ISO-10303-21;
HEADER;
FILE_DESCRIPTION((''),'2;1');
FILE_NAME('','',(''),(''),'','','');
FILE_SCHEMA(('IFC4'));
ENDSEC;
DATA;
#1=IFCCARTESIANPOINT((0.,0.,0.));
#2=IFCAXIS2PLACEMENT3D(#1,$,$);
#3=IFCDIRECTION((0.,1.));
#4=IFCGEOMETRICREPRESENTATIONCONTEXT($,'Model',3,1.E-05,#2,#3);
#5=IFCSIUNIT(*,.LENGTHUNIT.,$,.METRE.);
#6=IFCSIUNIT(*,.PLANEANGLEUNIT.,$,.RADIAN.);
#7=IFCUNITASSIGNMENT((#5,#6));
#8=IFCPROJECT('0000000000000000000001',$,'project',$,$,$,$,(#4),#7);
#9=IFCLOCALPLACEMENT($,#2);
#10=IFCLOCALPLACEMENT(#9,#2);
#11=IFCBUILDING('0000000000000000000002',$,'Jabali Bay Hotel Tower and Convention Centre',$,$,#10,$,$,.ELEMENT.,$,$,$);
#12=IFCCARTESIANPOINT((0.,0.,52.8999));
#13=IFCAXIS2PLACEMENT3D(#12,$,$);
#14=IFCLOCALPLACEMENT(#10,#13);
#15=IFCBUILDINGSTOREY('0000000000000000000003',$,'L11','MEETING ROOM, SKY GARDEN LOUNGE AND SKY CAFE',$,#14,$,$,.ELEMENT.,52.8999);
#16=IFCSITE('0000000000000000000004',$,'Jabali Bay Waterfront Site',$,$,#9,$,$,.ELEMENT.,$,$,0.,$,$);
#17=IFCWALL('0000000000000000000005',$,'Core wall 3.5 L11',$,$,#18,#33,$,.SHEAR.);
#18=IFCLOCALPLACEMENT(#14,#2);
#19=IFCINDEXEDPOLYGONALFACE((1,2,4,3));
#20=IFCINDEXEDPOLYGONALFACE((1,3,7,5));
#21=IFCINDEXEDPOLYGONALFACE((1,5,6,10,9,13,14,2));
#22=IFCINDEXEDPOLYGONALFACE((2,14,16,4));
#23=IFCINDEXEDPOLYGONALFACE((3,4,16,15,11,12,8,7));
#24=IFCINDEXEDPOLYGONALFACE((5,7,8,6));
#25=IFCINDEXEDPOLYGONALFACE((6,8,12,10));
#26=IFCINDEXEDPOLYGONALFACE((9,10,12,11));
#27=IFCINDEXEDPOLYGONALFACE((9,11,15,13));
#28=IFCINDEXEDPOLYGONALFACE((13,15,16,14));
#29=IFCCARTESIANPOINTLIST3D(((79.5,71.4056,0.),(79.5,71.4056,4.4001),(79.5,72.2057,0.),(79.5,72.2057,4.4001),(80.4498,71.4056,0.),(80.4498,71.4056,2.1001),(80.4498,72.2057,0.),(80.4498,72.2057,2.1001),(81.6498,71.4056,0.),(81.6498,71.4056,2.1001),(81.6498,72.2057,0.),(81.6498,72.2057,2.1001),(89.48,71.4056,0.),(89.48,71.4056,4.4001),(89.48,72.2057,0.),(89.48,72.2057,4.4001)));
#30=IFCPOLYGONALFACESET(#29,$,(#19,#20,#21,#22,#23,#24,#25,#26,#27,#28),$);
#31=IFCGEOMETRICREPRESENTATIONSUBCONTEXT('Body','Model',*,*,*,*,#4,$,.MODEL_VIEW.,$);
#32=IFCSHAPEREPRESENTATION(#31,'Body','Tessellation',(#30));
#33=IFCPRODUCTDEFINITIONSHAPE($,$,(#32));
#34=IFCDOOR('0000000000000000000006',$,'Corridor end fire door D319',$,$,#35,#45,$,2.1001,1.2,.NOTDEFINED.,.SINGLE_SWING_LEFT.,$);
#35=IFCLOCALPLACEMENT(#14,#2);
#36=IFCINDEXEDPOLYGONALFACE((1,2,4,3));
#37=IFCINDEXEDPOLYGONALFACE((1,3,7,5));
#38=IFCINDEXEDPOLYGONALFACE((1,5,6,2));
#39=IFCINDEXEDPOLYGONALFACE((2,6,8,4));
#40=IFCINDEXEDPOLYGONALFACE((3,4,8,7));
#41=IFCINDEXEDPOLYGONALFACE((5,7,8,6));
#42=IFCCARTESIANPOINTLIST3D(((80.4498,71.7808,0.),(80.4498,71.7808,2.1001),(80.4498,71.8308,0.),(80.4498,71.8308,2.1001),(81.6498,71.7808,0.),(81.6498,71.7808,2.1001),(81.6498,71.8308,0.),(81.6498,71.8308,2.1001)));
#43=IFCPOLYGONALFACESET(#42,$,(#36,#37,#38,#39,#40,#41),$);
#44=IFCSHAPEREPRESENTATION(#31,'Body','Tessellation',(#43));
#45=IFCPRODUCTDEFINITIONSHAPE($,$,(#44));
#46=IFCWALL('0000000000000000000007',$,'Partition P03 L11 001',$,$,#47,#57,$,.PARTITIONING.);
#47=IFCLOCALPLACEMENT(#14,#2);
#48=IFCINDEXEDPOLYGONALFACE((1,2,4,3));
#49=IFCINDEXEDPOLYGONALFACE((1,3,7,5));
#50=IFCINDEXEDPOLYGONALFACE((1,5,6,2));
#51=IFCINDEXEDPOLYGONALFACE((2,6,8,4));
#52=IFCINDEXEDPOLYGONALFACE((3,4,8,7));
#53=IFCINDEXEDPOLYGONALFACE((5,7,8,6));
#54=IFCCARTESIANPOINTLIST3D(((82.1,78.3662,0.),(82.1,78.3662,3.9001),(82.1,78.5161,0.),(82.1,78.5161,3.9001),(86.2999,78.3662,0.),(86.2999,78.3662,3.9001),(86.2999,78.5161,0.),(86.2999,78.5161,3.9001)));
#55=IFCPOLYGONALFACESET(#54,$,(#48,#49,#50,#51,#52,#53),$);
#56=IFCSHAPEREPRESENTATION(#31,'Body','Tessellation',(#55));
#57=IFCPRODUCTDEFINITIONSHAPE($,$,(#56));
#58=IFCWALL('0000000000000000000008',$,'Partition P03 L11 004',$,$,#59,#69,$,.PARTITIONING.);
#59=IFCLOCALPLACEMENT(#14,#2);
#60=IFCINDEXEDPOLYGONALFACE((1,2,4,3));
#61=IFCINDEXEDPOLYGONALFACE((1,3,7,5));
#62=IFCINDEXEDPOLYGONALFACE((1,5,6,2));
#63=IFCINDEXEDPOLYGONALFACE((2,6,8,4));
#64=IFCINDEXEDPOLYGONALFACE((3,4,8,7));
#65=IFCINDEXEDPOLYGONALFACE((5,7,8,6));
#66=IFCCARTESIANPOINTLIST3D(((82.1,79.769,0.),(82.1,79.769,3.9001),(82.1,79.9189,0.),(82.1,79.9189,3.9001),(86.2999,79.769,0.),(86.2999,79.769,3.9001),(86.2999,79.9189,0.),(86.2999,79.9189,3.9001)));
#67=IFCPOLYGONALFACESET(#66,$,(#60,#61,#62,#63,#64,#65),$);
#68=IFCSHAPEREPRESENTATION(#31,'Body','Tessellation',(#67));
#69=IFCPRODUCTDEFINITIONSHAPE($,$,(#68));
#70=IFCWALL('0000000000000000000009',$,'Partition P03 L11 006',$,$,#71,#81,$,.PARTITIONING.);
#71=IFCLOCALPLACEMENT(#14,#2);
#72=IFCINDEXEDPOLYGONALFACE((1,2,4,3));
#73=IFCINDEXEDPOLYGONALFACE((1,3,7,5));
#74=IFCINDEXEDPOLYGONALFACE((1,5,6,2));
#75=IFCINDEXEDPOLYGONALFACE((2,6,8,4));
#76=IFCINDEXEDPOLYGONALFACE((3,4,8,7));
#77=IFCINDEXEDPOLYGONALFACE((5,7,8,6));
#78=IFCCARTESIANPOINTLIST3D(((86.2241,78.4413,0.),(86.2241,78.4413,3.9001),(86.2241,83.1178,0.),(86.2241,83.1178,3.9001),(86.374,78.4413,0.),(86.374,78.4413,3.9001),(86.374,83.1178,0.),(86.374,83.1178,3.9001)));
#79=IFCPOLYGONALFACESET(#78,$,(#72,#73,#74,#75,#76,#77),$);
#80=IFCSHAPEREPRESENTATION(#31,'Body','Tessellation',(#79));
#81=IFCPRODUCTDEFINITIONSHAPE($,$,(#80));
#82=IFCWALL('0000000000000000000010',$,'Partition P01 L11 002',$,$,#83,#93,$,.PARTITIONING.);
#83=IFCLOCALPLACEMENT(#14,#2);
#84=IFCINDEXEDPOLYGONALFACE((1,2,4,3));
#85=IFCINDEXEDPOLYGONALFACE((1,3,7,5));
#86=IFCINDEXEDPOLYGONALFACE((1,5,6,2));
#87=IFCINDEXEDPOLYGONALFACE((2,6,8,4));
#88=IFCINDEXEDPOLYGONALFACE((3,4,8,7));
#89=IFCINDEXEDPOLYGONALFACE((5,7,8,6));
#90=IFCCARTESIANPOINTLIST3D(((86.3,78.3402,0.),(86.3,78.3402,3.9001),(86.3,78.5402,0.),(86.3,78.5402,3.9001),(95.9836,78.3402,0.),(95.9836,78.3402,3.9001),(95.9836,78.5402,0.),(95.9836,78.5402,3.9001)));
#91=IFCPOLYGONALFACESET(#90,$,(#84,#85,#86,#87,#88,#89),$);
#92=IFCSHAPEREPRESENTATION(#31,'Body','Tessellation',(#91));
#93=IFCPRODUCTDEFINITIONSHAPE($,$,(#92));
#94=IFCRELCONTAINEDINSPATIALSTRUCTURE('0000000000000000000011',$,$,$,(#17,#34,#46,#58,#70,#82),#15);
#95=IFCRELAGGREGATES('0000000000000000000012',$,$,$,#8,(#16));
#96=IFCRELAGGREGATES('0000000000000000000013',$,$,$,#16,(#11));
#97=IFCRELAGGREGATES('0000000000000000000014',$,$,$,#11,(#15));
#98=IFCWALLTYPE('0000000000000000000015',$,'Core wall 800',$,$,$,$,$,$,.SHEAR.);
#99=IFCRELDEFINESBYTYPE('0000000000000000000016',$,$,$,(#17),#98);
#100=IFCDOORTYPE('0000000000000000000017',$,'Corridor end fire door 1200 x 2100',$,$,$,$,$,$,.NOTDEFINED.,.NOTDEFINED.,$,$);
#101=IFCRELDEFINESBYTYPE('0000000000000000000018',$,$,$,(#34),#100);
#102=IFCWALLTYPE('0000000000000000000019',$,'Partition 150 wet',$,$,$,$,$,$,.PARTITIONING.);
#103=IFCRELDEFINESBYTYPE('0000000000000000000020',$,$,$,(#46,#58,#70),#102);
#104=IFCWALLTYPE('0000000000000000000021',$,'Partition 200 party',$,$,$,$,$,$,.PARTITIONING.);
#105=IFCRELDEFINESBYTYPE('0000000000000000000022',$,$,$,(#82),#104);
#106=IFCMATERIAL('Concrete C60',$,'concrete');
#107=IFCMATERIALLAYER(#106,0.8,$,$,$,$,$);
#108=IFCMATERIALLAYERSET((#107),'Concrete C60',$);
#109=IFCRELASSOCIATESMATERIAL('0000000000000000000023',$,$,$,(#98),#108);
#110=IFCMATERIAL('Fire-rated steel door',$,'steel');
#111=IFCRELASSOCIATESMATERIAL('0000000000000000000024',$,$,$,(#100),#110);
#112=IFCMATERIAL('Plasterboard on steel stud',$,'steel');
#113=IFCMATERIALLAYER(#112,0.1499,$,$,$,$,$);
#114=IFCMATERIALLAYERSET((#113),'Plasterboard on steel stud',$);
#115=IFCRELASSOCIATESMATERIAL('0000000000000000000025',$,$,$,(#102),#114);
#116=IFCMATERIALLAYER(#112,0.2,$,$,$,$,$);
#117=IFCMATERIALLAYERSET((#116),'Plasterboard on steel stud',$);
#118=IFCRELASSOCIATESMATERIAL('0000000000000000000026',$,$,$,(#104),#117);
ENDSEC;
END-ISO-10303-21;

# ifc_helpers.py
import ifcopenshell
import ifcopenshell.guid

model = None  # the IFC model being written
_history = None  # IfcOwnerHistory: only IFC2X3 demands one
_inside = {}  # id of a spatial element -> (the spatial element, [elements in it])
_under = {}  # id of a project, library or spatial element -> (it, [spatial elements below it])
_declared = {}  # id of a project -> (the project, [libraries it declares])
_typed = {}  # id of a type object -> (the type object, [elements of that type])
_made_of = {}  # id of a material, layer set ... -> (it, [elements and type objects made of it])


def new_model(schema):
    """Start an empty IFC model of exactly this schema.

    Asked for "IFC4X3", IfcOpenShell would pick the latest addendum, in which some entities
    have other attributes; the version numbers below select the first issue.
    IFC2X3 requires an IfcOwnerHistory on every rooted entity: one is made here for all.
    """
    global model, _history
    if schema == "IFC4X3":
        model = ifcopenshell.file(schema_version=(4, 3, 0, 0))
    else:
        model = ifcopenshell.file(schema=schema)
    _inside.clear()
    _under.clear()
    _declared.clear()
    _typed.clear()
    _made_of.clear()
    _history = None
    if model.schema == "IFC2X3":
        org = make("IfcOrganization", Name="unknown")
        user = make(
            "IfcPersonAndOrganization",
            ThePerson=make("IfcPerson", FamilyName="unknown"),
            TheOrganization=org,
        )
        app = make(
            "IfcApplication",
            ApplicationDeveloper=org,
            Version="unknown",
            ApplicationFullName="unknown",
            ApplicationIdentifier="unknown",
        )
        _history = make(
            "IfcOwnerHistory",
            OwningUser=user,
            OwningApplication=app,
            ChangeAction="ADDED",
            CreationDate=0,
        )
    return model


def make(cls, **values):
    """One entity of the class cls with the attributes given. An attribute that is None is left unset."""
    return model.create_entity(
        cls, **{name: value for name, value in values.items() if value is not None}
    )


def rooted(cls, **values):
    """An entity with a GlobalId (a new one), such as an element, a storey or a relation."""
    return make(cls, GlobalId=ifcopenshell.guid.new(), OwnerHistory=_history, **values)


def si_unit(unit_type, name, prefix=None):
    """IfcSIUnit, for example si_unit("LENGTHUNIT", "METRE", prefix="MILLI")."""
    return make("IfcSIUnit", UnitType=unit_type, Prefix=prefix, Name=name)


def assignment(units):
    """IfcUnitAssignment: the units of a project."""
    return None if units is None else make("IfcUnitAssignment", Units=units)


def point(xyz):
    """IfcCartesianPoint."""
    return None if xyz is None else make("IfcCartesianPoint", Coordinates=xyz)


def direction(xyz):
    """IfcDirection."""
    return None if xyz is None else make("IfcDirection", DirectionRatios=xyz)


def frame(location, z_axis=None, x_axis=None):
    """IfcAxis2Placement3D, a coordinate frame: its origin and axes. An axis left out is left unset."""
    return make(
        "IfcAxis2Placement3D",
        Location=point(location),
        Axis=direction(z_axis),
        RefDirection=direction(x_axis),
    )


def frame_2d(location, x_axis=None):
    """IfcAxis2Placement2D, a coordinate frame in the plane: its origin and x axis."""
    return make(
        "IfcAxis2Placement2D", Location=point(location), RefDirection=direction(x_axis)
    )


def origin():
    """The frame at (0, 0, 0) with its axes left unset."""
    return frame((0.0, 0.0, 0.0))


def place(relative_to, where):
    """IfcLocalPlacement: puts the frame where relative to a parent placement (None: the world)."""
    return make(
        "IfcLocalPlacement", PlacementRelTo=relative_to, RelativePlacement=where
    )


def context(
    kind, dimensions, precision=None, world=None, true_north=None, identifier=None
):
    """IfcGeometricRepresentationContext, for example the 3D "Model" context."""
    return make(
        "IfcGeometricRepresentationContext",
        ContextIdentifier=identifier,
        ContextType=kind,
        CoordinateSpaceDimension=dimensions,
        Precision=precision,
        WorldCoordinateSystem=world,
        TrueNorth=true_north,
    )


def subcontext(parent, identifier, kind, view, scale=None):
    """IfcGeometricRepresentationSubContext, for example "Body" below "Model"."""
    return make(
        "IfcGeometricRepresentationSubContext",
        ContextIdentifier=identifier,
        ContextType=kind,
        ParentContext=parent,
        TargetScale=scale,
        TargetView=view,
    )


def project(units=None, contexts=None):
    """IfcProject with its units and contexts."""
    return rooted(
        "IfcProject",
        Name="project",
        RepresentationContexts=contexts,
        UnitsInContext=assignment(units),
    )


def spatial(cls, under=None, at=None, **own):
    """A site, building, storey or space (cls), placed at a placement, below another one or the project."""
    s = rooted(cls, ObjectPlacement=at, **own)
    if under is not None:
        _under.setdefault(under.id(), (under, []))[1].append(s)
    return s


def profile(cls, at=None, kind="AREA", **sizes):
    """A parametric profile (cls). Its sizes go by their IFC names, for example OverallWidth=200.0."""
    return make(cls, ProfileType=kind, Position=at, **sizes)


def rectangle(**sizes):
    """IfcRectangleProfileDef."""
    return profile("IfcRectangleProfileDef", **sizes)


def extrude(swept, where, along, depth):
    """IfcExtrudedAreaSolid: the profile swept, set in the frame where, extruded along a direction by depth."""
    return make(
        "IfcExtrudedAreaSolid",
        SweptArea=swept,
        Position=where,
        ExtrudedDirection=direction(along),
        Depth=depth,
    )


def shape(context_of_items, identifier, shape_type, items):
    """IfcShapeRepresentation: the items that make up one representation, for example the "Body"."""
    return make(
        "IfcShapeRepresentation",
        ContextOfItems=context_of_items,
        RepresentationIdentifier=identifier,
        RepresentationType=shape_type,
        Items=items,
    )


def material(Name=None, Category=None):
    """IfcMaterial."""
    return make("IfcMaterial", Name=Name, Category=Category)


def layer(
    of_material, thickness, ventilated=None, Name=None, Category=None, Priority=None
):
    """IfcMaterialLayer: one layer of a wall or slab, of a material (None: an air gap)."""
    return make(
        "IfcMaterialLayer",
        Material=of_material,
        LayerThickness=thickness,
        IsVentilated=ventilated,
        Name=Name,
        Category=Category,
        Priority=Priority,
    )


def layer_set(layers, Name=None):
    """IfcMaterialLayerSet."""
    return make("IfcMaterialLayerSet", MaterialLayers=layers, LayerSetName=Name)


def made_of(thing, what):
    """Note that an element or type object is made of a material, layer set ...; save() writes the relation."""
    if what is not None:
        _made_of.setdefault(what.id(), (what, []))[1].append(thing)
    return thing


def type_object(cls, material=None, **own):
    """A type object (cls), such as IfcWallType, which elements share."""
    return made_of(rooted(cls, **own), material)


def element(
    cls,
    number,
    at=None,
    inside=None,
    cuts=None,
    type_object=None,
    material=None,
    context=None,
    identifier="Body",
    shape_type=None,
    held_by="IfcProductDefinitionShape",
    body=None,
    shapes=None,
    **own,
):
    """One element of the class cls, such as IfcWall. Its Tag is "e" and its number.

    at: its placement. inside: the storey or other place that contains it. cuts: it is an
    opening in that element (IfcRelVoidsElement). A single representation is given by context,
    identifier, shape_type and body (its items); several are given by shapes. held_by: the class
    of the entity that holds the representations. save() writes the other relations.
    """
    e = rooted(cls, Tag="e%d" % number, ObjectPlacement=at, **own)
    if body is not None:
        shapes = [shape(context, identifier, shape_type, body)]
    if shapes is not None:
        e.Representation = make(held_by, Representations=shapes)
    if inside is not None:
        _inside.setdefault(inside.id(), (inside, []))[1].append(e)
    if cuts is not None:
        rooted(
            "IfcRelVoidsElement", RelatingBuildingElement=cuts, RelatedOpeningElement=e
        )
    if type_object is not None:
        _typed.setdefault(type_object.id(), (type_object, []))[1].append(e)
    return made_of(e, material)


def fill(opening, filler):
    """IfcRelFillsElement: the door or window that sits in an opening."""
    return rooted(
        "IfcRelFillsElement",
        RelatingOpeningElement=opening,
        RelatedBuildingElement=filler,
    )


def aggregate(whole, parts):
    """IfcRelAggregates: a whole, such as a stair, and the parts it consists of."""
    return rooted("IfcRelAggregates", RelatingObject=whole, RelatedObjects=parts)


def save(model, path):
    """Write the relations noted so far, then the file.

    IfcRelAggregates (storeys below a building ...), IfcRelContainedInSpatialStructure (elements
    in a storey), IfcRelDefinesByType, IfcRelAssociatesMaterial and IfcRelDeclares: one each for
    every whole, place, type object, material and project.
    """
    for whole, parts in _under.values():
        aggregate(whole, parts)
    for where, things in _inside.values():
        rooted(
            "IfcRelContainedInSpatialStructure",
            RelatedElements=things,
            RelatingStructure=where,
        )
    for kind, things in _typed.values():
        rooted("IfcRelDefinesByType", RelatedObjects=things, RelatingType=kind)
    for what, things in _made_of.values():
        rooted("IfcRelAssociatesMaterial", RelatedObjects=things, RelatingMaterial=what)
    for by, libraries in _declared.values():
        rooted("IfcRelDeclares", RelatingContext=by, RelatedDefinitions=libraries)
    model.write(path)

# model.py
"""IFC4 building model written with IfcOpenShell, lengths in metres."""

from ifc_helpers import new_model, si_unit, direction, frame, frame_2d, origin, place, context, subcontext, project, spatial, rectangle, extrude, material, layer, layer_set, type_object, element, fill, save


model = new_model("IFC4")

# Units and contexts
model_context = context("Model", 3, precision=1e-05, world=origin(), true_north=direction((0.0, 1.0)))
body_context = subcontext(model_context, "Body", "Model", "MODEL_VIEW")
ifc_project = project(units=[si_unit("LENGTHUNIT", "METRE"), si_unit("PLANEANGLEUNIT", "RADIAN")], contexts=[model_context])

# Site, building, storey
site_placement = place(None, origin())
site = spatial("IfcSite", under=ifc_project, at=site_placement, Name="Jabali Bay Waterfront Site", CompositionType="ELEMENT", RefElevation=0.0)
building_placement = place(site_placement, origin())
building = spatial("IfcBuilding", under=site, at=building_placement, Name="Jabali Bay Hotel Tower and Convention Centre", CompositionType="ELEMENT")
storey_placement = place(building_placement, frame((0.0, 0.0, 52.8999)))
storey = spatial("IfcBuildingStorey", under=building, at=storey_placement, Name="L11", Description="MEETING ROOM, SKY GARDEN LOUNGE AND SKY CAFE", CompositionType="ELEMENT", Elevation=52.8999)

# Shared definitions
ifc_material_1 = material(Name="Fire-rated steel door", Category="steel")

# Wall, opening, door
ifc_material_2 = material(Name="Concrete C60", Category="concrete")
ifc_layer_1 = layer(ifc_material_2, 0.8)
ifc_layer_set_1 = layer_set([ifc_layer_1], Name="Concrete C60")
wall_type_1 = type_object("IfcWallType", Name="Core wall 800", PredefinedType="SHEAR", material=ifc_layer_set_1)
wall_1_placement = place(storey_placement, frame((89.48, 71.8057, 0.0), z_axis=(0.0, 0.0, 1.0), x_axis=(-1.0, 0.0, 0.0)))
wall_1 = element("IfcWall", 1, at=wall_1_placement, inside=storey, type_object=wall_type_1, Name="Core wall 3.5 L11", PredefinedType="SHEAR", context=body_context, shape_type="SweptSolid", body=[
    extrude(rectangle(XDim=9.98, YDim=0.8, at=frame_2d((4.99, 0.0))), origin(), (0.0, 0.0, 1.0), 4.4001),
])
opening_1_placement = place(wall_1_placement, frame((7.8301, 0.0, 0.0)))
opening_1 = element("IfcOpeningElement", 2, at=opening_1_placement, cuts=wall_1, PredefinedType="OPENING", context=body_context, shape_type="SweptSolid", body=[
    extrude(rectangle(XDim=1.2, YDim=2.1001, at=frame_2d((0.6001, 1.05))), frame((0.0, 0.4106, 0.0), z_axis=(0.0, -1.0, 0.0), x_axis=(1.0, 0.0, 0.0)), (0.0, 0.0, 1.0), 0.821),
])
door_type_1 = type_object("IfcDoorType", Name="Corridor end fire door 1200 x 2100", OperationType="NOTDEFINED", PredefinedType="NOTDEFINED", material=ifc_material_1)
door_1_placement = place(opening_1_placement, origin())
door_1 = element("IfcDoor", 3, at=door_1_placement, inside=storey, type_object=door_type_1, Name="Corridor end fire door D319", OperationType="SINGLE_SWING_LEFT", OverallHeight=2.1001, OverallWidth=1.2, PredefinedType="NOTDEFINED", context=body_context, shape_type="SweptSolid", body=[
    extrude(rectangle(XDim=1.2, YDim=2.1001, at=frame_2d((0.6001, 1.05))), frame((0.0, 0.0249, 0.0), z_axis=(0.0, -1.0, 0.0), x_axis=(1.0, 0.0, 0.0)), (0.0, 0.0, 1.0), 0.05),
])
fill(opening_1, door_1)

# Walls
ifc_material_3 = material(Name="Plasterboard on steel stud", Category="steel")
ifc_layer_2 = layer(ifc_material_3, 0.1499)
ifc_layer_set_2 = layer_set([ifc_layer_2], Name="Plasterboard on steel stud")
wall_type_2 = type_object("IfcWallType", Name="Partition 150 wet", PredefinedType="PARTITIONING", material=ifc_layer_set_2)
for number, where, z_axis, x_axis, name in (
    (4, (86.3, 78.4412, 0.0), (0.0, 0.0, 1.0), (-1.0, 0.0, 0.0), "Partition P03 L11 001"),
    (5, (86.3, 79.844, 0.0), (0.0, 0.0, 1.0), (-1.0, 0.0, 0.0), "Partition P03 L11 004"),
):
    element("IfcWall", number, at=place(storey_placement, frame(where, z_axis=z_axis, x_axis=x_axis)), inside=storey, type_object=wall_type_2, Name=name, PredefinedType="PARTITIONING", context=body_context, shape_type="SweptSolid", body=[
        extrude(rectangle(XDim=4.2, YDim=0.1499, at=frame_2d((2.1001, 0.0))), origin(), (0.0, 0.0, 1.0), 3.9001),
    ])
wall_2_placement = place(storey_placement, frame((86.2991, 78.4412, 0.0), z_axis=(0.0, 0.0, 1.0), x_axis=(0.0, 1.0, 0.0)))
element("IfcWall", 6, at=wall_2_placement, inside=storey, type_object=wall_type_2, Name="Partition P03 L11 006", PredefinedType="PARTITIONING", context=body_context, shape_type="SweptSolid", body=[
    extrude(rectangle(XDim=4.6765, YDim=0.1499, at=frame_2d((2.3384, 0.0))), origin(), (0.0, 0.0, 1.0), 3.9001),
])
ifc_layer_3 = layer(ifc_material_3, 0.2)
ifc_layer_set_3 = layer_set([ifc_layer_3], Name="Plasterboard on steel stud")
wall_type_3 = type_object("IfcWallType", Name="Partition 200 party", PredefinedType="PARTITIONING", material=ifc_layer_set_3)
wall_3_placement = place(storey_placement, frame((95.9836, 78.4402, 0.0), z_axis=(0.0, 0.0, 1.0), x_axis=(-1.0, 0.0, 0.0)))
element("IfcWall", 7, at=wall_3_placement, inside=storey, type_object=wall_type_3, Name="Partition P01 L11 002", PredefinedType="PARTITIONING", context=body_context, shape_type="SweptSolid", body=[
    extrude(rectangle(XDim=9.6836, YDim=0.2, at=frame_2d((4.8418, 0.0))), origin(), (0.0, 0.0, 1.0), 3.9001),
])

save(model, "model.ifc")
